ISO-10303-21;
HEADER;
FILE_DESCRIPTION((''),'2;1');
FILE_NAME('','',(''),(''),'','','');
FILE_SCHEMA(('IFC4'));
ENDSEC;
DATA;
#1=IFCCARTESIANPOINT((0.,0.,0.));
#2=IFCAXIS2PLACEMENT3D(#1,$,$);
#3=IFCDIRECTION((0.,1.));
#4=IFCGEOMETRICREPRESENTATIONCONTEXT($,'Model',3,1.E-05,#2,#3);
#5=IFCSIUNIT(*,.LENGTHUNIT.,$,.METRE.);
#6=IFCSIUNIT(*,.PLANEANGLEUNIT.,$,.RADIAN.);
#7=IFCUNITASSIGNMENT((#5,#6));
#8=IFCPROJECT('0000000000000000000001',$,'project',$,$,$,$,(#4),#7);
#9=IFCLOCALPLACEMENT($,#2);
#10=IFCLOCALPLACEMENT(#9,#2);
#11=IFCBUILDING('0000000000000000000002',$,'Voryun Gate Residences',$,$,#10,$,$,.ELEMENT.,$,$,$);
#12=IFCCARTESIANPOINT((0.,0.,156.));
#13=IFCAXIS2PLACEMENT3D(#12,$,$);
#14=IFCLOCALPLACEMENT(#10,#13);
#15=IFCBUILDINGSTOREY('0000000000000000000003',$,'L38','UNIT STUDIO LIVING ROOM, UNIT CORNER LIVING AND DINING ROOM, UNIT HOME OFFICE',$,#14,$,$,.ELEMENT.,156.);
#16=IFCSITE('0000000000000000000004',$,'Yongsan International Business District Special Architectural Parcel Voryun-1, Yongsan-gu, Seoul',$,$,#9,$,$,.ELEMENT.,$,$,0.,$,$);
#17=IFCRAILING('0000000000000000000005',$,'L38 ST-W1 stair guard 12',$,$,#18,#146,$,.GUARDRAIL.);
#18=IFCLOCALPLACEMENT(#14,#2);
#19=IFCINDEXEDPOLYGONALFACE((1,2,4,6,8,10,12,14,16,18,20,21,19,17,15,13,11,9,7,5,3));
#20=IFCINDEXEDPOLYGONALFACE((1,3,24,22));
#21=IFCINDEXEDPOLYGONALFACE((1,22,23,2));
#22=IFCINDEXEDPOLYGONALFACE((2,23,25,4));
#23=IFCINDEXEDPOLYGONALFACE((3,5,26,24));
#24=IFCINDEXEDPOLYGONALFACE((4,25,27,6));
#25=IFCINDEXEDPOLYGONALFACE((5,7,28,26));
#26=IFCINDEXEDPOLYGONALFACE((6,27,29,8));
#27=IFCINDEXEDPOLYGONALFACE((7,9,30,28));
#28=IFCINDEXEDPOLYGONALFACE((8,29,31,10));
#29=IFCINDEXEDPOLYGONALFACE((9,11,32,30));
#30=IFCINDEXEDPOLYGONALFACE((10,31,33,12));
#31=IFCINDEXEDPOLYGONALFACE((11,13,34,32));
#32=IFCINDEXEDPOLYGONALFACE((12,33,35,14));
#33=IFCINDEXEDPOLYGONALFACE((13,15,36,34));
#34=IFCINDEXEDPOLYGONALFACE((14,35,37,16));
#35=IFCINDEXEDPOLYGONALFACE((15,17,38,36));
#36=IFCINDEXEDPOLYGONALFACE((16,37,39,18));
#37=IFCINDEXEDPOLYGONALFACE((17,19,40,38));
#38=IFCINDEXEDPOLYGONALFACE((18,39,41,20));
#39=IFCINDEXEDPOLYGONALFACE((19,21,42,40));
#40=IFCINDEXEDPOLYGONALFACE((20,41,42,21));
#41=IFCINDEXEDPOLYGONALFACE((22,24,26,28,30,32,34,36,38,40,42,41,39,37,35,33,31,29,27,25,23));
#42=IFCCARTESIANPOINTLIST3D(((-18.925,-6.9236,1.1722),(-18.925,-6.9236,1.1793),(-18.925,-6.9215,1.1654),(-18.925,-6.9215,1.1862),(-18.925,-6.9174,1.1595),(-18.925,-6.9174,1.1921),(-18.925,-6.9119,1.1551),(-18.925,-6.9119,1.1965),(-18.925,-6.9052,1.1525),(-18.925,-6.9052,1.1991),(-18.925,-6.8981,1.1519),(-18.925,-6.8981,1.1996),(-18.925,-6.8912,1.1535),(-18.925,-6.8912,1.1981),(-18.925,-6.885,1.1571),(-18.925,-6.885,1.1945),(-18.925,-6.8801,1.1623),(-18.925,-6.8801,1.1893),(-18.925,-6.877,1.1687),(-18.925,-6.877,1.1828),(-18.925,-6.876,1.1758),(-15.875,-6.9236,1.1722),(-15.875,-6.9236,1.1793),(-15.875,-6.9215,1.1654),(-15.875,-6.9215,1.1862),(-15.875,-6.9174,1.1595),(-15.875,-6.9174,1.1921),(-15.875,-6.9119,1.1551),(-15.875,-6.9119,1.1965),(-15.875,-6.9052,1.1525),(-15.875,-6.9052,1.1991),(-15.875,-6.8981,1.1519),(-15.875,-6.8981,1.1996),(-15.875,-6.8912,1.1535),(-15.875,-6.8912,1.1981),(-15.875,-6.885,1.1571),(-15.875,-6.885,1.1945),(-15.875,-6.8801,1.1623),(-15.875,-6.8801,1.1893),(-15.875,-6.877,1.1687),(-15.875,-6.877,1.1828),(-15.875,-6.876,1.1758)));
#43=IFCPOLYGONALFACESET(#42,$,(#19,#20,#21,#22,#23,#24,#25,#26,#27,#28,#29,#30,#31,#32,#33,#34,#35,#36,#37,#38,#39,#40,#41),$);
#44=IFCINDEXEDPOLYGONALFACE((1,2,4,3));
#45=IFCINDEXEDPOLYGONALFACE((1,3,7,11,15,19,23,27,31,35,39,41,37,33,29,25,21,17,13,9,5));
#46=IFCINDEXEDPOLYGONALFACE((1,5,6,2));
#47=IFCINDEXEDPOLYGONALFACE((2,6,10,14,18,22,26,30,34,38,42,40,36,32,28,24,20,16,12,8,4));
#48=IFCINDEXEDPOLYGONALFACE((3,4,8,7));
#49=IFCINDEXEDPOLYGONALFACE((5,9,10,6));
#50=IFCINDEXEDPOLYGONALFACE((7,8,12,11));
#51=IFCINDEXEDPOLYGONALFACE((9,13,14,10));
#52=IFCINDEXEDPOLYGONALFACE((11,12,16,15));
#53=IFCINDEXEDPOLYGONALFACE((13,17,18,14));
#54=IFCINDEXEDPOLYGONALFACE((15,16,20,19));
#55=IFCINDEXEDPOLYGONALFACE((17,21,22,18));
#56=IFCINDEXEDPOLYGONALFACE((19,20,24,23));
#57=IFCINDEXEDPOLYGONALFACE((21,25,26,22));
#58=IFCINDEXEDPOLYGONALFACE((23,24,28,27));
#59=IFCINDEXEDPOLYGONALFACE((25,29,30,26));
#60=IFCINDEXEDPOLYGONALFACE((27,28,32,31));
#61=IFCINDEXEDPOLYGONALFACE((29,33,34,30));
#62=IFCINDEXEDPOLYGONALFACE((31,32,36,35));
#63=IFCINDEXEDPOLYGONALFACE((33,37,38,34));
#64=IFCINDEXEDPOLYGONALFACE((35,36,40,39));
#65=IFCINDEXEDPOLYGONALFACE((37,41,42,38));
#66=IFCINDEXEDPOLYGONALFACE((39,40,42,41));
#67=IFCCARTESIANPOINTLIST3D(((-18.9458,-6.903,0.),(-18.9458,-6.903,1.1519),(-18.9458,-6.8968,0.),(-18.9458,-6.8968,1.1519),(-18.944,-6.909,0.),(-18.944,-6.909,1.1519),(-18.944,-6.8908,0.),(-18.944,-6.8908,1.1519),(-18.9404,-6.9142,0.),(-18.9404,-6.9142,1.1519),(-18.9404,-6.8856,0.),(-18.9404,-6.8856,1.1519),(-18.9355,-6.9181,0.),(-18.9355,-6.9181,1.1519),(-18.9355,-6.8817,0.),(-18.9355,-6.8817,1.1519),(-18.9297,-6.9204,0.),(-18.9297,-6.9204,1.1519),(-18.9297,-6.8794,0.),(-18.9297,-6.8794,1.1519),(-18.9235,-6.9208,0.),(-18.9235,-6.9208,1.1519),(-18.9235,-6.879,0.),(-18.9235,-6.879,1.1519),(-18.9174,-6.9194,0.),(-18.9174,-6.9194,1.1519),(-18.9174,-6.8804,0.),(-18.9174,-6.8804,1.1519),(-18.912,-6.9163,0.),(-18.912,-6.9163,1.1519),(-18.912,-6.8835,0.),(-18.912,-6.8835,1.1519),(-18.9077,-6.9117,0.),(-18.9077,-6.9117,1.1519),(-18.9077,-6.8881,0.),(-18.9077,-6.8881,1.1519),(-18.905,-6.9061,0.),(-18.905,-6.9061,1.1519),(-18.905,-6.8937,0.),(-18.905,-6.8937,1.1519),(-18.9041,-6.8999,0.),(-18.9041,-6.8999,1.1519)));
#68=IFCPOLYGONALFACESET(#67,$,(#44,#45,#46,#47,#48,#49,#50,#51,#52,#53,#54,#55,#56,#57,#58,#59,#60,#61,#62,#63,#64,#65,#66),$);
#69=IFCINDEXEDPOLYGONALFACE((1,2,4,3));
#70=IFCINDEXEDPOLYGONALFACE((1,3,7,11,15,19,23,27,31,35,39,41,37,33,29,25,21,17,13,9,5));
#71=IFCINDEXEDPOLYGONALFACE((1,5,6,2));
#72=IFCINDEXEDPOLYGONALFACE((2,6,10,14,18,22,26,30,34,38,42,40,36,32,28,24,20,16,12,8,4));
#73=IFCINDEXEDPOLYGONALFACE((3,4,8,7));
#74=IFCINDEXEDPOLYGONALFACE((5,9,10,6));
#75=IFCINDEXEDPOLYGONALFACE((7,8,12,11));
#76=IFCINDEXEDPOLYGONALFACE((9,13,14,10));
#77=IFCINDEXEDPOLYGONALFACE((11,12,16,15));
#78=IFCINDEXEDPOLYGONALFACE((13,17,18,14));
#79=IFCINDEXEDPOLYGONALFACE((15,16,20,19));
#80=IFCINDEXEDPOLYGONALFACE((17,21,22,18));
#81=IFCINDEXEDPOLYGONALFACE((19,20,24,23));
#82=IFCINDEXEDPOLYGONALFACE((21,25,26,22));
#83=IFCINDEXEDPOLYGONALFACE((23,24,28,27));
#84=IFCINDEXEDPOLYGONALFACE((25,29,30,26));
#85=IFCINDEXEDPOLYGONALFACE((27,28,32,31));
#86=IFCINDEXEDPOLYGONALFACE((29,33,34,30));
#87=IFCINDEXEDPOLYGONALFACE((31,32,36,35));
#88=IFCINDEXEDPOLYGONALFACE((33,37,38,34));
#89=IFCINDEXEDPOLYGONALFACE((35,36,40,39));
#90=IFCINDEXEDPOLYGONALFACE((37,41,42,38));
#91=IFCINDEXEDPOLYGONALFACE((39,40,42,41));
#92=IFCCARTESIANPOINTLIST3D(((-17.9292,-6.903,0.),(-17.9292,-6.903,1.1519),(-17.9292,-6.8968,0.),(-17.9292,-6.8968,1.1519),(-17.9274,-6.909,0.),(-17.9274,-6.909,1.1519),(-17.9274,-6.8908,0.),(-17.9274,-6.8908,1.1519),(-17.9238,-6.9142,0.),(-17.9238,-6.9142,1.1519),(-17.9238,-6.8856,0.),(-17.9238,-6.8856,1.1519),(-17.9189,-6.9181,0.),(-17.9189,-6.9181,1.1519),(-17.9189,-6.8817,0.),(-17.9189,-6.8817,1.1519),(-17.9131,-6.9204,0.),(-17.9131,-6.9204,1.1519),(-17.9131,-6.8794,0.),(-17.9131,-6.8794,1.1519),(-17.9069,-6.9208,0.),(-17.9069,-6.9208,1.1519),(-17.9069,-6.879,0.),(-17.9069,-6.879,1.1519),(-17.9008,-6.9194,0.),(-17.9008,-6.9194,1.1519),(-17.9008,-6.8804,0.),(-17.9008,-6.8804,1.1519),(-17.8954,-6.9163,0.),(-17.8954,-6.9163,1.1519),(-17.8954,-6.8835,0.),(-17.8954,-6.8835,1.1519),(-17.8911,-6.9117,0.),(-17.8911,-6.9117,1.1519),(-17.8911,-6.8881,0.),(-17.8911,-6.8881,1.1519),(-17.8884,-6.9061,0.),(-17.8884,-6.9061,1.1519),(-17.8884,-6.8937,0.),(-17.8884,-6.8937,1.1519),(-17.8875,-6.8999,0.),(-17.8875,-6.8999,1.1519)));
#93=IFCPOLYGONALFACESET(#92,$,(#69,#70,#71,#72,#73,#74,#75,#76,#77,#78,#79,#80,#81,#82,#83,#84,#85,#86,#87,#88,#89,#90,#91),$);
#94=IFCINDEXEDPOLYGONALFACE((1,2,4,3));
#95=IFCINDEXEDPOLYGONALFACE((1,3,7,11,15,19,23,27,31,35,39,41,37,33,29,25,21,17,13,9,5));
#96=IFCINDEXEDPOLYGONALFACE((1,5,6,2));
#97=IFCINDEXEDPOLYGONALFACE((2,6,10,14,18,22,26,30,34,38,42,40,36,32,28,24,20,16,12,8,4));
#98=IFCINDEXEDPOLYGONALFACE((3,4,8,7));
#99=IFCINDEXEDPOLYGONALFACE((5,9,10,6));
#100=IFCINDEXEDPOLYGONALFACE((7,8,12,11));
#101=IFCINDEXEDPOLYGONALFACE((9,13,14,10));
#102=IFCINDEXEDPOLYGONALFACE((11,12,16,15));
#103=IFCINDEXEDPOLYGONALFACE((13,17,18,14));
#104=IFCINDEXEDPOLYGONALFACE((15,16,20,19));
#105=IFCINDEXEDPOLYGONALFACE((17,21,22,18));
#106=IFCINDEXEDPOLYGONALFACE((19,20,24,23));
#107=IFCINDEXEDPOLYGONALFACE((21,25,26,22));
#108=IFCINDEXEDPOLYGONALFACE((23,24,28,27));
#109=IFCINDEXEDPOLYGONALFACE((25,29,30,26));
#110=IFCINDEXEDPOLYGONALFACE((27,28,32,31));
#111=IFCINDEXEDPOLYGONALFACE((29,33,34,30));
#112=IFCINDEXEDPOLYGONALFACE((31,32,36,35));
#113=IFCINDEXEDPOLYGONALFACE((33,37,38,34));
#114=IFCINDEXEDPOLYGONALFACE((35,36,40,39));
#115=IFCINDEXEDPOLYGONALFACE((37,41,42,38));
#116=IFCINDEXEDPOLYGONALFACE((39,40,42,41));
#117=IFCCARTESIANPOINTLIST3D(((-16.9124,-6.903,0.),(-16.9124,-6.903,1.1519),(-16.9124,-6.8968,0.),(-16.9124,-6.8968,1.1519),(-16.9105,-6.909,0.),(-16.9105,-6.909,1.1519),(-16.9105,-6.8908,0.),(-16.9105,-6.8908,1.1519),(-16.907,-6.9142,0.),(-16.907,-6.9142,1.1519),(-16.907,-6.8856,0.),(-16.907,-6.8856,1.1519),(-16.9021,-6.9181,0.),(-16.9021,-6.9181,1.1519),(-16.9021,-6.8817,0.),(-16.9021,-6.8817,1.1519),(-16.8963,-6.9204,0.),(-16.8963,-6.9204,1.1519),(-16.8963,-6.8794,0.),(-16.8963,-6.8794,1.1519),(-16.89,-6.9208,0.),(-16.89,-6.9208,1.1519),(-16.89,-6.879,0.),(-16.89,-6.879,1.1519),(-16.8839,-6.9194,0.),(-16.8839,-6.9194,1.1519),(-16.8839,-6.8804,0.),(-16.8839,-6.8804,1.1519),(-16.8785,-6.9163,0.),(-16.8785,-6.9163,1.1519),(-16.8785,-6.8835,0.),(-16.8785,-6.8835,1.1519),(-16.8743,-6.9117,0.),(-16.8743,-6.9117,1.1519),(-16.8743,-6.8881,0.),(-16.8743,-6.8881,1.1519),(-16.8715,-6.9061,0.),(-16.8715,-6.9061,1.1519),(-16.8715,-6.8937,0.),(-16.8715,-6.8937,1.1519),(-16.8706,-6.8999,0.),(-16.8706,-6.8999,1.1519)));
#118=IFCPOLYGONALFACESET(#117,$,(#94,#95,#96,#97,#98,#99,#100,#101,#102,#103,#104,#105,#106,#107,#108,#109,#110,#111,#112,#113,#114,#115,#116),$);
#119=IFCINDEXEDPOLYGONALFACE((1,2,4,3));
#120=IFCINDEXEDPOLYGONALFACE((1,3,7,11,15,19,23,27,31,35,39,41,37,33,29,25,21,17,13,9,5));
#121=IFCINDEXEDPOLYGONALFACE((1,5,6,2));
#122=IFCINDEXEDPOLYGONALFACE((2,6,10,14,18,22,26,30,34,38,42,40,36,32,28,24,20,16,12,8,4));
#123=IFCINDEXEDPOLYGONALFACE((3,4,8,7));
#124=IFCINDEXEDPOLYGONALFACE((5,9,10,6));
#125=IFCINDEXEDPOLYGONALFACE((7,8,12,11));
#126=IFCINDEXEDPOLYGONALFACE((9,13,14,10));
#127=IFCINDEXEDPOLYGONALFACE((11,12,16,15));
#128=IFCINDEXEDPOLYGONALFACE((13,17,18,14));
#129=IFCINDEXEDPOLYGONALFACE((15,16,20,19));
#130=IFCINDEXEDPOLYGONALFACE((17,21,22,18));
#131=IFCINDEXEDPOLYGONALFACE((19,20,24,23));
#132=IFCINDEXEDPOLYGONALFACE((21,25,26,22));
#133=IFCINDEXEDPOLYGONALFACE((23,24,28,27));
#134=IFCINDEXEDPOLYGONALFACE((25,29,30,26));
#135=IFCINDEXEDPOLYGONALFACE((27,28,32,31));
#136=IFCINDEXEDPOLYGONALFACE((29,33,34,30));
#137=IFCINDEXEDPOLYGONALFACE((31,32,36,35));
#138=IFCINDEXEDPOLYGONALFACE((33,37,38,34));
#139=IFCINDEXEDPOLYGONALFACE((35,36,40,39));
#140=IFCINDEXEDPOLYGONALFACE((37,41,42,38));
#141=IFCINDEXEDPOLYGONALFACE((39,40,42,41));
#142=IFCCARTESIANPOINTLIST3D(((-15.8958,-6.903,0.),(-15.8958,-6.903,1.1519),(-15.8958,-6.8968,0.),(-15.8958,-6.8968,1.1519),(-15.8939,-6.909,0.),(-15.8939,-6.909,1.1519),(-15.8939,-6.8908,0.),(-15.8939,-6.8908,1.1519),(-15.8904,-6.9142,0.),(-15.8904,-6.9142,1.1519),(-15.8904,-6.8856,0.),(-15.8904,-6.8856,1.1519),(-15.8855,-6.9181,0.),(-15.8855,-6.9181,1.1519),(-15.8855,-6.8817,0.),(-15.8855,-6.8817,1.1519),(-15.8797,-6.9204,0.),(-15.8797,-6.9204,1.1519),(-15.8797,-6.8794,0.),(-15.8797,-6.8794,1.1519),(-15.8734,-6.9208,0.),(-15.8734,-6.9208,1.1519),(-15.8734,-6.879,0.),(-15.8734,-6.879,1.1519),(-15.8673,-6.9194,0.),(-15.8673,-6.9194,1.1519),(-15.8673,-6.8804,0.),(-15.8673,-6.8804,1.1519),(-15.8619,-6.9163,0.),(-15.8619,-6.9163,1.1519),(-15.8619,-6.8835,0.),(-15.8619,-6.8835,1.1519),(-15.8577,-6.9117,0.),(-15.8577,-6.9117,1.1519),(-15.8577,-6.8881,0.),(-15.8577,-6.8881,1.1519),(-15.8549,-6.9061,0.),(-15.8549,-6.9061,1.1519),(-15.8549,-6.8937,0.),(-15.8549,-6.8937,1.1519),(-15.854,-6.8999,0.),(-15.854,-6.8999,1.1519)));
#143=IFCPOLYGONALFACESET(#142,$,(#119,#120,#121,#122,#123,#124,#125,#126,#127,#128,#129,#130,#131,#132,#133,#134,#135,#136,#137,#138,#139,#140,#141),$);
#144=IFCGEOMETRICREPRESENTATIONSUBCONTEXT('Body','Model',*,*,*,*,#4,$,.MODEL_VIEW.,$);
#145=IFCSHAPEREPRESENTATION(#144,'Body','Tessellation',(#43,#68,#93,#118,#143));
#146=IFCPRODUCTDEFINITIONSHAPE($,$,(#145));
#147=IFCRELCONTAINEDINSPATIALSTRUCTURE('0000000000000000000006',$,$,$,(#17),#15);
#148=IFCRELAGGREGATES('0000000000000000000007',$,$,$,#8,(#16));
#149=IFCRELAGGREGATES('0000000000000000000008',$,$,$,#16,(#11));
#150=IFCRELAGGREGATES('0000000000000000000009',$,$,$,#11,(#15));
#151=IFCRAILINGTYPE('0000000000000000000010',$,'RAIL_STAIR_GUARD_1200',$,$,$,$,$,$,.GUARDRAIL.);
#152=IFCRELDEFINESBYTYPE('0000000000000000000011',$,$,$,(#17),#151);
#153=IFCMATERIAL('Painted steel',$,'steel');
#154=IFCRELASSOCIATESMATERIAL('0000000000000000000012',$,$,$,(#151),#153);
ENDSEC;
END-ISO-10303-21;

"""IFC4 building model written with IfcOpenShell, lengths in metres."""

from ifc_helpers import new_model, si_unit, direction, frame, origin, origin_2d, place, context, subcontext, project, spatial, circle, extrude, material, type_object, element, save


model = new_model("IFC4")

# Units and contexts
model_context = context("Model", 3, precision=1e-05, world=origin(), true_north=direction((0.0, 1.0)))
body_context = subcontext(model_context, "Body", "Model", "MODEL_VIEW")
ifc_project = project(units=[si_unit("LENGTHUNIT", "METRE"), si_unit("PLANEANGLEUNIT", "RADIAN")], contexts=[model_context])

# Site, building, storey
site_placement = place(None, origin())
site = spatial("IfcSite", under=ifc_project, at=site_placement, Name="Yongsan International Business District Special Architectural Parcel Voryun-1, Yongsan-gu, Seoul", CompositionType="ELEMENT", RefElevation=0.0)
building_placement = place(site_placement, origin())
building = spatial("IfcBuilding", under=site, at=building_placement, Name="Voryun Gate Residences", CompositionType="ELEMENT")
storey_placement = place(building_placement, frame((0.0, 0.0, 156.0)))
storey = spatial("IfcBuildingStorey", under=building, at=storey_placement, Name="L38", Description="UNIT STUDIO LIVING ROOM, UNIT CORNER LIVING AND DINING ROOM, UNIT HOME OFFICE", CompositionType="ELEMENT", Elevation=156.0)

# Railing
ifc_material_1 = material(Name="Painted steel", Category="steel")
railing_type = type_object("IfcRailingType", Name="RAIL_STAIR_GUARD_1200", PredefinedType="GUARDRAIL", material=ifc_material_1)
railing_1_placement = place(storey_placement, frame((-18.925, -6.8999, 0.0)))
element("IfcRailing", 1, at=railing_1_placement, inside=storey, type_object=railing_type, Name="L38 ST-W1 stair guard 12", PredefinedType="GUARDRAIL", context=body_context, shape_type="SweptSolid", body=[
    extrude(circle(Radius=0.0239, at=origin_2d()), frame((0.0, 0.0, 1.1758), z_axis=(1.0, 0.0, 0.0), x_axis=(0.0, 1.0, 0.0)), (0.0, 0.0, 1.0), 3.05),
    extrude(circle(Radius=0.021, at=origin_2d()), origin(), (0.0, 0.0, 1.0), 1.1519),
    extrude(circle(Radius=0.021, at=origin_2d()), frame((1.0166, 0.0, 0.0)), (0.0, 0.0, 1.0), 1.1519),
    extrude(circle(Radius=0.021, at=origin_2d()), frame((2.0334, 0.0, 0.0)), (0.0, 0.0, 1.0), 1.1519),
    extrude(circle(Radius=0.021, at=origin_2d()), frame((3.05, 0.0, 0.0)), (0.0, 0.0, 1.0), 1.1519),
])

save(model, "model.ifc")
